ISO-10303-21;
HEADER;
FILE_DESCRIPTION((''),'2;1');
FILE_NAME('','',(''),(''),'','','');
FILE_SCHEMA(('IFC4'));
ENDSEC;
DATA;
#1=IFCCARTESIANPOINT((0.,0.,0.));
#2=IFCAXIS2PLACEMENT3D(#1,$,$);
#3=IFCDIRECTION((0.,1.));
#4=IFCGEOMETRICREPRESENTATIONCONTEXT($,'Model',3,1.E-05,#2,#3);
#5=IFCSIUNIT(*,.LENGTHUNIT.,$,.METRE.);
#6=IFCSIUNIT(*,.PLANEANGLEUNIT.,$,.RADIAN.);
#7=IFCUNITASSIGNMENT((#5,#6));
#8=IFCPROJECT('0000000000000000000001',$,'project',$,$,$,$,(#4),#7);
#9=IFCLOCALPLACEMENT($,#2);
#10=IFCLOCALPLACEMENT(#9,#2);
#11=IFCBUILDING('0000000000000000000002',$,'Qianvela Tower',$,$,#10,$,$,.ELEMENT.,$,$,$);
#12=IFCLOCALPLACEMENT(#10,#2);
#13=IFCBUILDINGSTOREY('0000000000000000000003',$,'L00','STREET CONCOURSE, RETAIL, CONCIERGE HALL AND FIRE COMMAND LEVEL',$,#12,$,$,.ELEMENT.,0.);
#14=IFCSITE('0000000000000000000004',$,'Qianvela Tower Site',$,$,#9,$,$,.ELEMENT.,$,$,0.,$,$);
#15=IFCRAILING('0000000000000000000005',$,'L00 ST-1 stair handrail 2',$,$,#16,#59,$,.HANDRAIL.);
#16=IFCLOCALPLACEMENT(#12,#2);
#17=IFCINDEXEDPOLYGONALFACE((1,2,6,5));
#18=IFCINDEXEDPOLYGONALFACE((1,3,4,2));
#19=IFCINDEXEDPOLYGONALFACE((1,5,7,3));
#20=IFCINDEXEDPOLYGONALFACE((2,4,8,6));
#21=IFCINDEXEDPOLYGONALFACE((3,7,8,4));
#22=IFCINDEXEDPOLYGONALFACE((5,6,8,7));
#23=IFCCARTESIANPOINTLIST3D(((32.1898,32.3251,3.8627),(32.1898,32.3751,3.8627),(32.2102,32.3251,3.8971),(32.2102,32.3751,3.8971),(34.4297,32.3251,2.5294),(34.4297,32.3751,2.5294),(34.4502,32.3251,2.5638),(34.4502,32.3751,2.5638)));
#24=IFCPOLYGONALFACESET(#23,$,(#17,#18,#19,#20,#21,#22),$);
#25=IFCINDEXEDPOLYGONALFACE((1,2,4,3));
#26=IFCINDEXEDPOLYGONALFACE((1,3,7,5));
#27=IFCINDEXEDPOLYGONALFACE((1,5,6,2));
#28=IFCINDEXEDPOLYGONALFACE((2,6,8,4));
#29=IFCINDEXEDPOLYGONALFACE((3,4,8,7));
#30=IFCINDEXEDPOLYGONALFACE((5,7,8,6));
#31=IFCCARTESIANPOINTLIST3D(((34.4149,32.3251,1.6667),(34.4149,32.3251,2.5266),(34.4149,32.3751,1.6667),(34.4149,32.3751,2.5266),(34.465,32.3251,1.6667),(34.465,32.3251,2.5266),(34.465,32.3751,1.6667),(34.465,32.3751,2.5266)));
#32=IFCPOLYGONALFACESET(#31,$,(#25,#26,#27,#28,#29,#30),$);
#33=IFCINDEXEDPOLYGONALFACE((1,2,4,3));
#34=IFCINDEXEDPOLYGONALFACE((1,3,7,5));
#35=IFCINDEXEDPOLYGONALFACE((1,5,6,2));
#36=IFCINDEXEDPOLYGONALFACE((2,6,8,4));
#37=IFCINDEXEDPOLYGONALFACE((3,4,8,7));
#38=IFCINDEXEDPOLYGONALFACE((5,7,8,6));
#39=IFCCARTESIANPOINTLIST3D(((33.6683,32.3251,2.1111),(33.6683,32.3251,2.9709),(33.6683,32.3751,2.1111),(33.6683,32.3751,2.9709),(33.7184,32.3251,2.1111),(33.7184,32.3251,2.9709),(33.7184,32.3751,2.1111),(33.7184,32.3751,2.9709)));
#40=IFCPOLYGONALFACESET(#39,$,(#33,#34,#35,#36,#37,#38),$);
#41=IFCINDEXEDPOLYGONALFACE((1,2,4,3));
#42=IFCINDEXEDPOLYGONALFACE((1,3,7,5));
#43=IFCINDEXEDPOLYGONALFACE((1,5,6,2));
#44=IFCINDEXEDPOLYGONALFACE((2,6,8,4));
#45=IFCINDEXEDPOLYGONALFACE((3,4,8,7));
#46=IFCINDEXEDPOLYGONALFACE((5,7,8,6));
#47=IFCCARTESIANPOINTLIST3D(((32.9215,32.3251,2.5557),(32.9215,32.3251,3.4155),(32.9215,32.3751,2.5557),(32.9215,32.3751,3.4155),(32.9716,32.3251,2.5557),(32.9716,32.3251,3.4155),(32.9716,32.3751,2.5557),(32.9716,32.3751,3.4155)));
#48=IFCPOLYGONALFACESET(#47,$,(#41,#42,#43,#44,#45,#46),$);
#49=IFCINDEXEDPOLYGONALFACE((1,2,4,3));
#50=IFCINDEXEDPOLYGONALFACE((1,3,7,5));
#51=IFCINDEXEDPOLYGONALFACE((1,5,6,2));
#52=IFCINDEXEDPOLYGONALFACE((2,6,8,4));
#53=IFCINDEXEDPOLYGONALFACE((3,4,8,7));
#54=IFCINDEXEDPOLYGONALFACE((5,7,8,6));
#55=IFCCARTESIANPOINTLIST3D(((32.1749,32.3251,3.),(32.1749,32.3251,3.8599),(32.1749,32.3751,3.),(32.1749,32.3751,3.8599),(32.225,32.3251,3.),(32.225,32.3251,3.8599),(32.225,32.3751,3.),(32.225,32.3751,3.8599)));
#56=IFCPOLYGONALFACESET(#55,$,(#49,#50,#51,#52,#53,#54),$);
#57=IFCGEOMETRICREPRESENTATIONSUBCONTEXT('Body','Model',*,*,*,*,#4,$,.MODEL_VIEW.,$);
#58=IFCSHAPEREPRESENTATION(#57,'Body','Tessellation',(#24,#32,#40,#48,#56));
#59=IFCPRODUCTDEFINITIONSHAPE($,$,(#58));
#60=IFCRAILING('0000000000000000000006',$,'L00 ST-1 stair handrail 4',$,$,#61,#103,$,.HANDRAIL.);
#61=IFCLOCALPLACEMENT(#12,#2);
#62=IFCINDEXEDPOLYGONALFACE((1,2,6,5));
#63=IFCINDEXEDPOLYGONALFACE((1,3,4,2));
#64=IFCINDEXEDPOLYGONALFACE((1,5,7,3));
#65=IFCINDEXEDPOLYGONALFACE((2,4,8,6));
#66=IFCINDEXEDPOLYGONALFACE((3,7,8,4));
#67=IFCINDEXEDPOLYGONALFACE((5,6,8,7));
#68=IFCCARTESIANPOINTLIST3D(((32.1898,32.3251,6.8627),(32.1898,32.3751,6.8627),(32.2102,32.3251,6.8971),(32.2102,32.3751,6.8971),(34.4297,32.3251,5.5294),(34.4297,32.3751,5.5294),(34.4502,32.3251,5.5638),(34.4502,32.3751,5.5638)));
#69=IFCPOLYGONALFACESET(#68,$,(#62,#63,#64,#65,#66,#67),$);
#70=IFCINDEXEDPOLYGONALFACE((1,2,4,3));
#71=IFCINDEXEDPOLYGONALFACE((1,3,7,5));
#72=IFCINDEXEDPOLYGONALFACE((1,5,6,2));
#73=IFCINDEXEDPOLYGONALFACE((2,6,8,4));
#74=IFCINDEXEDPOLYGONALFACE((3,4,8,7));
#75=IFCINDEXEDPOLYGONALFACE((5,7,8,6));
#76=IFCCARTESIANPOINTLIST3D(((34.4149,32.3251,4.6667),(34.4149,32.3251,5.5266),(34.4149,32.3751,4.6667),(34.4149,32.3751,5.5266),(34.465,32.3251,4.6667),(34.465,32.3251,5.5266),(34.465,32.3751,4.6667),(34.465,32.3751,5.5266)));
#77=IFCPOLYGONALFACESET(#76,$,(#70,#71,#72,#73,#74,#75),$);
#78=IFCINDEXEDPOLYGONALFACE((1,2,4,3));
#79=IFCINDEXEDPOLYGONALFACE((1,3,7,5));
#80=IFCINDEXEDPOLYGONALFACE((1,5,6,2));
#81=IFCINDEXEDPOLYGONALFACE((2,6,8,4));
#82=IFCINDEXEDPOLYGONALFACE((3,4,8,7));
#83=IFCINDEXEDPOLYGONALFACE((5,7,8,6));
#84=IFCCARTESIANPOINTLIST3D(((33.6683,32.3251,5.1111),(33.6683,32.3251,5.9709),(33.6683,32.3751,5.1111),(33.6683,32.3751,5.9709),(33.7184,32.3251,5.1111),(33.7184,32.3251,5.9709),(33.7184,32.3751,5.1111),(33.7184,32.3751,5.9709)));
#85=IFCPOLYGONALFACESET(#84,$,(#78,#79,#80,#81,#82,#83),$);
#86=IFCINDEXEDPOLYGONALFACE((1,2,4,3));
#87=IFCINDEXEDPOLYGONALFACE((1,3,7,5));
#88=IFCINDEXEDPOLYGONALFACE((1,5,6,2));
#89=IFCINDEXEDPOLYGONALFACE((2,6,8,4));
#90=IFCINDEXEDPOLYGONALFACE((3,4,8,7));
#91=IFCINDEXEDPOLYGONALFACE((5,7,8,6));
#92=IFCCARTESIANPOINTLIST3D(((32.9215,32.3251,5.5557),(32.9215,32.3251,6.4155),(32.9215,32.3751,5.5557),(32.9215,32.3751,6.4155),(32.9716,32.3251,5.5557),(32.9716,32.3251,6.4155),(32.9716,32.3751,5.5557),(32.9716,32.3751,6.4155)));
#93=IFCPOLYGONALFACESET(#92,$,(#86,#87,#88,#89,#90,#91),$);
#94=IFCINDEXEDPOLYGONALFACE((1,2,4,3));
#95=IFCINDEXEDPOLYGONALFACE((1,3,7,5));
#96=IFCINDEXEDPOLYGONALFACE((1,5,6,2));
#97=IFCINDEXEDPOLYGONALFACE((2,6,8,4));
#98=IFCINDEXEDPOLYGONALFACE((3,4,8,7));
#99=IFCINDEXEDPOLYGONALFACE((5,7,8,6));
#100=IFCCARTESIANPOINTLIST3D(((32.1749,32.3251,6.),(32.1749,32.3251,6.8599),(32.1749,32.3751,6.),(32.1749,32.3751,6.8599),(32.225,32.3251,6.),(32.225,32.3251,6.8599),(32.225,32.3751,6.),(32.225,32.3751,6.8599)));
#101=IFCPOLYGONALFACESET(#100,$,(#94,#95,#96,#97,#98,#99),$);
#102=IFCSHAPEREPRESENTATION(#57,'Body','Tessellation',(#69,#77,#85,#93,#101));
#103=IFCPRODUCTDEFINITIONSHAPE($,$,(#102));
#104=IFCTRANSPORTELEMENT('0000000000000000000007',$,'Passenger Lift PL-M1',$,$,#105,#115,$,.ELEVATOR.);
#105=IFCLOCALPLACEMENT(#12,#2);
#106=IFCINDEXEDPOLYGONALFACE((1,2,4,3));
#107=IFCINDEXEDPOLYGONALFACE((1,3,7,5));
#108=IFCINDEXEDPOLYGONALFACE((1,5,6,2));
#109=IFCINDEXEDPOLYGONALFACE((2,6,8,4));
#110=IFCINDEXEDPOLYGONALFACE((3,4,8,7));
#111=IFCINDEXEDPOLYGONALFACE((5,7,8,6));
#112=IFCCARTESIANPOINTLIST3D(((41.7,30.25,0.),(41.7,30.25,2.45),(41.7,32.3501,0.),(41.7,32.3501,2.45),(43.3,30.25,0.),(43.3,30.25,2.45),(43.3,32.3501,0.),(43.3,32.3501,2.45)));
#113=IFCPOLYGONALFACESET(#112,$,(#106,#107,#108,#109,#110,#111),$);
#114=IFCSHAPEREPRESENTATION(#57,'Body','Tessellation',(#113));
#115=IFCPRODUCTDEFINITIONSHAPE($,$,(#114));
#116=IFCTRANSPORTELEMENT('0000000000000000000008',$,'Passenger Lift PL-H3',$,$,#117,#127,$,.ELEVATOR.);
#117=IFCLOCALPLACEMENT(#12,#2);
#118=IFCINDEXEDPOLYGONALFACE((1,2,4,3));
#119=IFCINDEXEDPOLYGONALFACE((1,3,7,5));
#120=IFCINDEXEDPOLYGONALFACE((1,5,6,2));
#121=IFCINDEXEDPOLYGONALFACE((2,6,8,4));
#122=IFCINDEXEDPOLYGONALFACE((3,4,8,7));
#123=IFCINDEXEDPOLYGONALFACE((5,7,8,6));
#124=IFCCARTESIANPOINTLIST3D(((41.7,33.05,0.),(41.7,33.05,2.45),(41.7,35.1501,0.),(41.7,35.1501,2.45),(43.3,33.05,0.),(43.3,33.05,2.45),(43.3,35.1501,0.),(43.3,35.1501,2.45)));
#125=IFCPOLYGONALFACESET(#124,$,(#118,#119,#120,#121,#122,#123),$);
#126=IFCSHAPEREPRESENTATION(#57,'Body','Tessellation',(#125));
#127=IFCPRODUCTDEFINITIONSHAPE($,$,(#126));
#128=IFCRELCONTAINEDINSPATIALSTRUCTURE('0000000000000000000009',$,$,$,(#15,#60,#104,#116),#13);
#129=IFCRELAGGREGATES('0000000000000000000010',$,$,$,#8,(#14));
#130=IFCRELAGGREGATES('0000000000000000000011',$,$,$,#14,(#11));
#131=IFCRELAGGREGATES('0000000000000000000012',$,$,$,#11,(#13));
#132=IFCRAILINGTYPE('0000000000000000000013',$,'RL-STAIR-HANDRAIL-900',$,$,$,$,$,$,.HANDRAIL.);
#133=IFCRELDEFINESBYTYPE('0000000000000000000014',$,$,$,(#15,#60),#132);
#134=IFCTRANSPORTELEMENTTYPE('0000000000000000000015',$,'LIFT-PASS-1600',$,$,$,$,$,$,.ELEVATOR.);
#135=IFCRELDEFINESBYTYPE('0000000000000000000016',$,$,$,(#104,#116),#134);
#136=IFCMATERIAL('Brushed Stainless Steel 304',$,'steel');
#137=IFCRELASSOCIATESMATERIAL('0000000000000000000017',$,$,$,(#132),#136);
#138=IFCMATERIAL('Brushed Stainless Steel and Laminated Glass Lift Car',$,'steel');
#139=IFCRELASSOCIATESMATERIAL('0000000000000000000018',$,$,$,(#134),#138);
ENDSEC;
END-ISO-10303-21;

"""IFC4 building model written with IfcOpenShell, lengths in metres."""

from ifc_helpers import new_model, si_unit, direction, frame, origin, origin_2d, place, context, subcontext, project, spatial, rectangle, extrude, material, type_object, element, save


model = new_model("IFC4")

# Units and contexts
model_context = context("Model", 3, precision=1e-05, world=origin(), true_north=direction((0.0, 1.0)))
body_context = subcontext(model_context, "Body", "Model", "MODEL_VIEW")
ifc_project = project(units=[si_unit("LENGTHUNIT", "METRE"), si_unit("PLANEANGLEUNIT", "RADIAN")], contexts=[model_context])

# Site, building, storey
site_placement = place(None, origin())
site = spatial("IfcSite", under=ifc_project, at=site_placement, Name="Qianvela Tower Site", CompositionType="ELEMENT", RefElevation=0.0)
building_placement = place(site_placement, origin())
building = spatial("IfcBuilding", under=site, at=building_placement, Name="Qianvela Tower", CompositionType="ELEMENT")
storey_placement = place(building_placement, origin())
storey = spatial("IfcBuildingStorey", under=building, at=storey_placement, Name="L00", Description="STREET CONCOURSE, RETAIL, CONCIERGE HALL AND FIRE COMMAND LEVEL", CompositionType="ELEMENT", Elevation=0.0)

# Railings
ifc_material_1 = material(Name="Brushed Stainless Steel 304", Category="steel")
railing_type_1 = type_object("IfcRailingType", Name="RL-STAIR-HANDRAIL-900", PredefinedType="HANDRAIL", material=ifc_material_1)
for number, where, name in (
    (1, (34.4399, 32.3501, 1.6667), "L00 ST-1 stair handrail 2"),
    (2, (34.4399, 32.3501, 4.6667), "L00 ST-1 stair handrail 4"),
):
    element("IfcRailing", number, at=place(storey_placement, frame(where)), inside=storey, type_object=railing_type_1, Name=name, PredefinedType="HANDRAIL", context=body_context, shape_type="SweptSolid", body=[
        extrude(rectangle(XDim=0.05, YDim=0.04, at=origin_2d()), frame((0.0, 0.0, 0.8799), z_axis=(-0.859306, 0.0, 0.511462), x_axis=(0.0, -1.0, 0.0)), (0.0, 0.0, 1.0), 2.6067),
        extrude(rectangle(XDim=0.05, YDim=0.05, at=origin_2d()), origin(), (0.0, 0.0, 1.0), 0.8599),
        extrude(rectangle(XDim=0.05, YDim=0.05, at=origin_2d()), frame((-0.7466, 0.0, 0.4443)), (0.0, 0.0, 1.0), 0.8599),
        extrude(rectangle(XDim=0.05, YDim=0.05, at=origin_2d()), frame((-1.4934, 0.0, 0.8889)), (0.0, 0.0, 1.0), 0.8599),
        extrude(rectangle(XDim=0.05, YDim=0.05, at=origin_2d()), frame((-2.24, 0.0, 1.3333)), (0.0, 0.0, 1.0), 0.8599),
    ])

# Transport elements
ifc_material_2 = material(Name="Brushed Stainless Steel and Laminated Glass Lift Car", Category="steel")
transport_element_type = type_object("IfcTransportElementType", Name="LIFT-PASS-1600", PredefinedType="ELEVATOR", material=ifc_material_2)
for number, where, z_axis, x_axis, name in (
    (3, (42.5, 31.3, 0.0), (0.0, 0.0, 1.0), (1.0, 0.0, 0.0), "Passenger Lift PL-M1"),
    (4, (42.5, 34.1001, 0.0), (0.0, 0.0, 1.0), (1.0, 0.0, 0.0), "Passenger Lift PL-H3"),
):
    element("IfcTransportElement", number, at=place(storey_placement, frame(where, z_axis=z_axis, x_axis=x_axis)), inside=storey, type_object=transport_element_type, Name=name, PredefinedType="ELEVATOR", context=body_context, shape_type="SweptSolid", body=[
        extrude(rectangle(XDim=1.6001, YDim=2.1001, at=origin_2d()), origin(), (0.0, 0.0, 1.0), 2.45),
    ])

save(model, "model.ifc")
